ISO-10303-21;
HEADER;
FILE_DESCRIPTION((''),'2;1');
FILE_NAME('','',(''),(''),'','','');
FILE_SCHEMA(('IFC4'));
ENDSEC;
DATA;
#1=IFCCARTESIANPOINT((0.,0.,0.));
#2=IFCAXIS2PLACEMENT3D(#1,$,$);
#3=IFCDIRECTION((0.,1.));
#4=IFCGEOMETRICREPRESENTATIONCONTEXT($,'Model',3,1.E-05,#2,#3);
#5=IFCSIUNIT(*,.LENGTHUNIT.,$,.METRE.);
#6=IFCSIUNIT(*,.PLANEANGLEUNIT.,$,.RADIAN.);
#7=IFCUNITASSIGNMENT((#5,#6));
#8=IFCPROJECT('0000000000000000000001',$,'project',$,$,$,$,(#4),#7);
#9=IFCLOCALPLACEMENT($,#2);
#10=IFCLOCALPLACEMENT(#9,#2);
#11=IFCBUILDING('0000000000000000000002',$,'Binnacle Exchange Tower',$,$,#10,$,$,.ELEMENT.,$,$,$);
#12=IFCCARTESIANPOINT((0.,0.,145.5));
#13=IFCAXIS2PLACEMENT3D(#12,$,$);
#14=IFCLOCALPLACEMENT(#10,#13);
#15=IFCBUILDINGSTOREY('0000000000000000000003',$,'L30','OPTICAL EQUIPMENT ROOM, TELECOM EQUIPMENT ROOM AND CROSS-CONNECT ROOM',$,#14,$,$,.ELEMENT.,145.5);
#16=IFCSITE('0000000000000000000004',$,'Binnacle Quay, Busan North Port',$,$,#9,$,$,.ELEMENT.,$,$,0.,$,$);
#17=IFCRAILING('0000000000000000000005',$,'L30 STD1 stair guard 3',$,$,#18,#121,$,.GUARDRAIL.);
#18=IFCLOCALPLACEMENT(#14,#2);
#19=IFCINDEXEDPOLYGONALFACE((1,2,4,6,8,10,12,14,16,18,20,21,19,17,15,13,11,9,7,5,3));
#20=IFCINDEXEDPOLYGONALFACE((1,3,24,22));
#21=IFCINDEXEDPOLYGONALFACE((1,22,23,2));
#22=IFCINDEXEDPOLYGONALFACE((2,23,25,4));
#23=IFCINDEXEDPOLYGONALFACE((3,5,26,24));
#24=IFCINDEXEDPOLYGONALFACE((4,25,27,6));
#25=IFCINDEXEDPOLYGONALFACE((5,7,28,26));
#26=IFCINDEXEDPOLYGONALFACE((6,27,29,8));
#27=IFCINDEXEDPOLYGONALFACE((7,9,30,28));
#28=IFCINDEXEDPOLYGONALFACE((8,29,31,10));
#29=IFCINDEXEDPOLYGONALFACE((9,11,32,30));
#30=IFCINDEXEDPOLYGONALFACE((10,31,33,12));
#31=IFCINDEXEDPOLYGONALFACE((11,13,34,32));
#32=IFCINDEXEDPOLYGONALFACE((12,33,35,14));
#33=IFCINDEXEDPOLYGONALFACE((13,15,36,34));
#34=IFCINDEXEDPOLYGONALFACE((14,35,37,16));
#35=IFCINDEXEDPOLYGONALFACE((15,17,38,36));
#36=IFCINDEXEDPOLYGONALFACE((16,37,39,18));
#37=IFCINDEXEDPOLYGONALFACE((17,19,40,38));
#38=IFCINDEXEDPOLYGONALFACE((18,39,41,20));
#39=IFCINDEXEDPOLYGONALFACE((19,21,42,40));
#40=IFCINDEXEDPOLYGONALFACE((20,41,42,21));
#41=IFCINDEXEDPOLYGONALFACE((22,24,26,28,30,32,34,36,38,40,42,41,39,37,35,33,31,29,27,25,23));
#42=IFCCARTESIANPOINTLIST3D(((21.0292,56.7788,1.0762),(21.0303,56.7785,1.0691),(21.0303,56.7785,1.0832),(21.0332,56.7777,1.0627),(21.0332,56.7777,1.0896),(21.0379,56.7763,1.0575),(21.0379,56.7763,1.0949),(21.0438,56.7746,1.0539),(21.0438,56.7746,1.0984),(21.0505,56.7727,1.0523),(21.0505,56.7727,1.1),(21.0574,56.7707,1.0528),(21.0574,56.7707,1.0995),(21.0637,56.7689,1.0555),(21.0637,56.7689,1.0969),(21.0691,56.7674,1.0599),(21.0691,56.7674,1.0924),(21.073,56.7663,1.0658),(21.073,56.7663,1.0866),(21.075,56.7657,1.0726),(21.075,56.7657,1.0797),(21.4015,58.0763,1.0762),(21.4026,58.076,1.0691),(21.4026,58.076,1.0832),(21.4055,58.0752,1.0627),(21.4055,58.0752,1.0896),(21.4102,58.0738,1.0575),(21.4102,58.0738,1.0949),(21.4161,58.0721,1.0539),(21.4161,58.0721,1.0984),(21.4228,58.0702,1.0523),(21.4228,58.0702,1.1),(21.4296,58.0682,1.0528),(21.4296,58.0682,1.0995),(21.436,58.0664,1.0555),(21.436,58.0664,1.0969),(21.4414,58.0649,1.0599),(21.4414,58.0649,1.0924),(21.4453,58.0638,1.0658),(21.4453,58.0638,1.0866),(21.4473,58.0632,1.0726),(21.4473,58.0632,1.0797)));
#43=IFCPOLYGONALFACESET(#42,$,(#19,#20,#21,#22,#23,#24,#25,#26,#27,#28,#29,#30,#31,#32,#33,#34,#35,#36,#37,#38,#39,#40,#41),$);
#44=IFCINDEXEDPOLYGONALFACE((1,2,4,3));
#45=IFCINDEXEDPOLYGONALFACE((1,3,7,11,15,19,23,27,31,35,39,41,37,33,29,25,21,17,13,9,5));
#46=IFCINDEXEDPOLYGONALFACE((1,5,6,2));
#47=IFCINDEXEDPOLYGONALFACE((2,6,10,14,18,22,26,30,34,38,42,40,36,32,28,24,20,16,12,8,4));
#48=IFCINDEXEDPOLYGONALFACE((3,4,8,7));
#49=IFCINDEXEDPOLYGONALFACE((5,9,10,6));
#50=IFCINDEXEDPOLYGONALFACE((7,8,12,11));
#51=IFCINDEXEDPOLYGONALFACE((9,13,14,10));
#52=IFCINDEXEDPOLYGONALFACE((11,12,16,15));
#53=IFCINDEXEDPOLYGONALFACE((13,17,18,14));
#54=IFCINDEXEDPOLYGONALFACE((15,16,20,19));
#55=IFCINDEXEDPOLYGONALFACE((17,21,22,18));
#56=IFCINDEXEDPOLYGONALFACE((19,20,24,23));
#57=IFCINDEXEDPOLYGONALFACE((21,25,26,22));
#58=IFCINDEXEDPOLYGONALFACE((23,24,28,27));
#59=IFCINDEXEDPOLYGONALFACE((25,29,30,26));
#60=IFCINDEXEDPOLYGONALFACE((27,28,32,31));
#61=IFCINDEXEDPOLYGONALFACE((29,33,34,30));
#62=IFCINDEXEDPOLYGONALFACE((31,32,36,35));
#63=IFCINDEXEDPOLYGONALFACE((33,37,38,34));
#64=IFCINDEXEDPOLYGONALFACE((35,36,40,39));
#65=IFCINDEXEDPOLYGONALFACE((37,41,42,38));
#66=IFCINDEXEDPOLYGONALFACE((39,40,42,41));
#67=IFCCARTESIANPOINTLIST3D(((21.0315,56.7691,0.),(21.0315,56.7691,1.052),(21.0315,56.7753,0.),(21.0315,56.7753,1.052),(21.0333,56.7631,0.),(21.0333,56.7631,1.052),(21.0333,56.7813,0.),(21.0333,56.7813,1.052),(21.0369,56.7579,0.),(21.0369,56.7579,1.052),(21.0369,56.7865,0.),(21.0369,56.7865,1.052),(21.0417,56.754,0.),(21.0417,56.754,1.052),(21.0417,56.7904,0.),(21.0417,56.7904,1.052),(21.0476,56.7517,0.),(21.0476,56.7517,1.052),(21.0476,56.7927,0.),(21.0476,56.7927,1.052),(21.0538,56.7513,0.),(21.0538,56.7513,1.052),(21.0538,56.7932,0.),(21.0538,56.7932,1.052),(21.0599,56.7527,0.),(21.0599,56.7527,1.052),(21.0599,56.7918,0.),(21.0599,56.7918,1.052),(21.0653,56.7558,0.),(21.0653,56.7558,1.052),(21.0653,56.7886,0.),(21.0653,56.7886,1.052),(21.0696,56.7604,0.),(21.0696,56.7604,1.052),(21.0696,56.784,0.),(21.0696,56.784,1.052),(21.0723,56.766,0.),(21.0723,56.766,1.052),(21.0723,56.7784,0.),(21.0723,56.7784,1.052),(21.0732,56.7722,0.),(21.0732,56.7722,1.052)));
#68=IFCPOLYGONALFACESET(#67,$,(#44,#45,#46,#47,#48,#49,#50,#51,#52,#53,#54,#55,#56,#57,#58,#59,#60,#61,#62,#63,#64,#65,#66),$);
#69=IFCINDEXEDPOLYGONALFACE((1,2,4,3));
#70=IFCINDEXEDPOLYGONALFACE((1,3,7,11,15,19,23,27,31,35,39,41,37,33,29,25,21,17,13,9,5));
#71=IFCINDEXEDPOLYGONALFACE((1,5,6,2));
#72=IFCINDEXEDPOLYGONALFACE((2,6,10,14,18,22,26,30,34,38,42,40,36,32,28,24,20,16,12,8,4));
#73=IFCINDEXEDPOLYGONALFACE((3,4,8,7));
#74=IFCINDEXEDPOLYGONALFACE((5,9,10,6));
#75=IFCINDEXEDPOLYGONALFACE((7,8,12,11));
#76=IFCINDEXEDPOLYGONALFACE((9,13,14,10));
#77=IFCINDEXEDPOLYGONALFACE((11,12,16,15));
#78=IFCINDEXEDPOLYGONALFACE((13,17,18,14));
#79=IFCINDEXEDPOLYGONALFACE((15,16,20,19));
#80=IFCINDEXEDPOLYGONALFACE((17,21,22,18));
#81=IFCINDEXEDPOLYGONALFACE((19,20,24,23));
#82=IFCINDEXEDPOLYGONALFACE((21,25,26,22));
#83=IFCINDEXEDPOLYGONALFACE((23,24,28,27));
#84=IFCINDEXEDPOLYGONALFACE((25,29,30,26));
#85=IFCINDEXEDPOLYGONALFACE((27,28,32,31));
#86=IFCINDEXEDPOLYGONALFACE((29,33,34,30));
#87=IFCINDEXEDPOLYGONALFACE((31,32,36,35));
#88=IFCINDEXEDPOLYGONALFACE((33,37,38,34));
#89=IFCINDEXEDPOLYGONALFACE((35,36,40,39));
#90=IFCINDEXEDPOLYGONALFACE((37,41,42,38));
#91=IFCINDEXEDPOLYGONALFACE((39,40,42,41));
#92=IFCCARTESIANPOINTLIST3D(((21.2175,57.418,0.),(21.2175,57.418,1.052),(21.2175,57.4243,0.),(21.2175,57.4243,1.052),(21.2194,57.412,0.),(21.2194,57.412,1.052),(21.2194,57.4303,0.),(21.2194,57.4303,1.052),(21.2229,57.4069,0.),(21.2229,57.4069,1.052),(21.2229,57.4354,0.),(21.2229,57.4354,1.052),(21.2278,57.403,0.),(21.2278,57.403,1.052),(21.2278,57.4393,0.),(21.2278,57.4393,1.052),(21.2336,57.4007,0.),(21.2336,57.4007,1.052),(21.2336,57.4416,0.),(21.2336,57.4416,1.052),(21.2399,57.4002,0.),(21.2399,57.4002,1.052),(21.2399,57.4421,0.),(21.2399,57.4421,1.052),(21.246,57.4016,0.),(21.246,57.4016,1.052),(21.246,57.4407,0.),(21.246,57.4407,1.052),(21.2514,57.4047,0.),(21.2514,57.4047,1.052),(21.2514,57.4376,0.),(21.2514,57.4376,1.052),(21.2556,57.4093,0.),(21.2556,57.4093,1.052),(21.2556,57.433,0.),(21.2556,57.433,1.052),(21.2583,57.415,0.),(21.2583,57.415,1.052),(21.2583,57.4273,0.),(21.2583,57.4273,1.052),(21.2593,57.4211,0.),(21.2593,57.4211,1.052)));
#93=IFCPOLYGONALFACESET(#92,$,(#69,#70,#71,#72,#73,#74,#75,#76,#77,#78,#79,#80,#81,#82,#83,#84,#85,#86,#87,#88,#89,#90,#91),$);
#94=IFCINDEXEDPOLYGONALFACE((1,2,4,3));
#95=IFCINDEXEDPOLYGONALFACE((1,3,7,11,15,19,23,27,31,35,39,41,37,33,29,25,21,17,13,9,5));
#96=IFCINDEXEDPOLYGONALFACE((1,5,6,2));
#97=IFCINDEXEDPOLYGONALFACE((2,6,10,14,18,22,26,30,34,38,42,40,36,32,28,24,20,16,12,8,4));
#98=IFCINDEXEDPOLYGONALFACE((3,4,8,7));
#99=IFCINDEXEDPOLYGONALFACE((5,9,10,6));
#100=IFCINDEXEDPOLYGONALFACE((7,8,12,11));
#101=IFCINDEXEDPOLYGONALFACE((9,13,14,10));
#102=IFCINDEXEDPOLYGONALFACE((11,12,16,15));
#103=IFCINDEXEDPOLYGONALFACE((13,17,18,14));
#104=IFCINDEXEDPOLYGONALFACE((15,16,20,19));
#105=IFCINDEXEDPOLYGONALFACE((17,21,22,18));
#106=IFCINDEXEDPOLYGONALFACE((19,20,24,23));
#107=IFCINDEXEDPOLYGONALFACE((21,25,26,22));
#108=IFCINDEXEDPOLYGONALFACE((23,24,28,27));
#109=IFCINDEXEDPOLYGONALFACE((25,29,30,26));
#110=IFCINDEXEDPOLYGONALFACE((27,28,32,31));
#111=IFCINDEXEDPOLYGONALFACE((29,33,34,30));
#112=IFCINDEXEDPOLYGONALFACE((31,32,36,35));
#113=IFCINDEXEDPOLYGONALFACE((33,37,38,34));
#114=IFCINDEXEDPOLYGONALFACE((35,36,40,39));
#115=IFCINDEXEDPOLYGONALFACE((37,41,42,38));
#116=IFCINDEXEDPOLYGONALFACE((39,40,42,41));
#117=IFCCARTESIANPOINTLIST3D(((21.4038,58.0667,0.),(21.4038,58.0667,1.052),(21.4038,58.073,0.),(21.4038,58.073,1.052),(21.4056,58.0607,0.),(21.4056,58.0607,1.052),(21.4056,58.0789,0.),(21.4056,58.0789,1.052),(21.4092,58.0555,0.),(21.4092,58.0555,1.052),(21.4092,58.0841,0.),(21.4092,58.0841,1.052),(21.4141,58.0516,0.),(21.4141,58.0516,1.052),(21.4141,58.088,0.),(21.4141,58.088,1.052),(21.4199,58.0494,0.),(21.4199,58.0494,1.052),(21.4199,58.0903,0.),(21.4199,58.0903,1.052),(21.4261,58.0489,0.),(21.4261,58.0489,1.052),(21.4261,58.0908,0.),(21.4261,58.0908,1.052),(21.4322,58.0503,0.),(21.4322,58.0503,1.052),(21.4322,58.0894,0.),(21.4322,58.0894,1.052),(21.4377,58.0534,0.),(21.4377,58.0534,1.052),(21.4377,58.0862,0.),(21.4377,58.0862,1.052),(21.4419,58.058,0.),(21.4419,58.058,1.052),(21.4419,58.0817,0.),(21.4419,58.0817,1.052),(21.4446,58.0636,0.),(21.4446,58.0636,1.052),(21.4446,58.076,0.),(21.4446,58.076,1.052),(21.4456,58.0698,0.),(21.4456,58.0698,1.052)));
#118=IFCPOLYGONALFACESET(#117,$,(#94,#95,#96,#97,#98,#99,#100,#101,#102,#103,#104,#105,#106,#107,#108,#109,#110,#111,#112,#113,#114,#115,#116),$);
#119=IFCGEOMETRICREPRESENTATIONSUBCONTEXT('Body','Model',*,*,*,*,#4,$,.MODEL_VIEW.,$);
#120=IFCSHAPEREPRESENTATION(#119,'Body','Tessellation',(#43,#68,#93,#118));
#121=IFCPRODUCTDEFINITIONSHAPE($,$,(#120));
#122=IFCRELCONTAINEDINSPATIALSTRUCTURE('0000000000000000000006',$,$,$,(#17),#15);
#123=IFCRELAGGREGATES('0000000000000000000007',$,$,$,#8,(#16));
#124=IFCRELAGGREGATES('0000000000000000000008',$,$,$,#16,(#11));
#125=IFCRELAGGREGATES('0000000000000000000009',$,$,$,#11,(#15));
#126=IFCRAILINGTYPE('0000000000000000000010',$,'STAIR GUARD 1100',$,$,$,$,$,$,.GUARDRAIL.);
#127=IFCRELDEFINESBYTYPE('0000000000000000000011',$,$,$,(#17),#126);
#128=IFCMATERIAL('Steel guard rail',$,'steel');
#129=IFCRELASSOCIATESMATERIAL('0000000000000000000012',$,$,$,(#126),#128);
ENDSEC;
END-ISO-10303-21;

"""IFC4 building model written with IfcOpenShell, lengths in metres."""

from ifc_helpers import new_model, si_unit, direction, frame, origin, origin_2d, place, context, subcontext, project, spatial, circle, extrude, material, type_object, element, save


model = new_model("IFC4")

# Units and contexts
model_context = context("Model", 3, precision=1e-05, world=origin(), true_north=direction((0.0, 1.0)))
body_context = subcontext(model_context, "Body", "Model", "MODEL_VIEW")
ifc_project = project(units=[si_unit("LENGTHUNIT", "METRE"), si_unit("PLANEANGLEUNIT", "RADIAN")], contexts=[model_context])

# Site, building, storey
site_placement = place(None, origin())
site = spatial("IfcSite", under=ifc_project, at=site_placement, Name="Binnacle Quay, Busan North Port", CompositionType="ELEMENT", RefElevation=0.0)
building_placement = place(site_placement, origin())
building = spatial("IfcBuilding", under=site, at=building_placement, Name="Binnacle Exchange Tower", CompositionType="ELEMENT")
storey_placement = place(building_placement, frame((0.0, 0.0, 145.5)))
storey = spatial("IfcBuildingStorey", under=building, at=storey_placement, Name="L30", Description="OPTICAL EQUIPMENT ROOM, TELECOM EQUIPMENT ROOM AND CROSS-CONNECT ROOM", CompositionType="ELEMENT", Elevation=145.5)

# Railing
ifc_material_1 = material(Name="Steel guard rail", Category="steel")
railing_type_1 = type_object("IfcRailingType", Name="STAIR GUARD 1100", PredefinedType="GUARDRAIL", material=ifc_material_1)
railing_1_placement = place(storey_placement, frame((21.0522, 56.7722, 0.0)))
element("IfcRailing", 1, at=railing_1_placement, inside=storey, type_object=railing_type_1, Name="L30 STD1 stair guard 3", PredefinedType="GUARDRAIL", context=body_context, shape_type="SweptSolid", body=[
    extrude(circle(Radius=0.0239, at=origin_2d()), frame((0.0, 0.0, 1.0762), z_axis=(0.275796, 0.961216, 0.0), x_axis=(-0.961216, 0.275796, 0.0)), (0.0, 0.0, 1.0), 1.3499),
    extrude(circle(Radius=0.021, at=origin_2d()), origin(), (0.0, 0.0, 1.0), 1.052),
    extrude(circle(Radius=0.021, at=origin_2d()), frame((0.186, 0.6489, 0.0)), (0.0, 0.0, 1.0), 1.052),
    extrude(circle(Radius=0.021, at=origin_2d()), frame((0.3723, 1.2976, 0.0)), (0.0, 0.0, 1.0), 1.052),
])

save(model, "model.ifc")
